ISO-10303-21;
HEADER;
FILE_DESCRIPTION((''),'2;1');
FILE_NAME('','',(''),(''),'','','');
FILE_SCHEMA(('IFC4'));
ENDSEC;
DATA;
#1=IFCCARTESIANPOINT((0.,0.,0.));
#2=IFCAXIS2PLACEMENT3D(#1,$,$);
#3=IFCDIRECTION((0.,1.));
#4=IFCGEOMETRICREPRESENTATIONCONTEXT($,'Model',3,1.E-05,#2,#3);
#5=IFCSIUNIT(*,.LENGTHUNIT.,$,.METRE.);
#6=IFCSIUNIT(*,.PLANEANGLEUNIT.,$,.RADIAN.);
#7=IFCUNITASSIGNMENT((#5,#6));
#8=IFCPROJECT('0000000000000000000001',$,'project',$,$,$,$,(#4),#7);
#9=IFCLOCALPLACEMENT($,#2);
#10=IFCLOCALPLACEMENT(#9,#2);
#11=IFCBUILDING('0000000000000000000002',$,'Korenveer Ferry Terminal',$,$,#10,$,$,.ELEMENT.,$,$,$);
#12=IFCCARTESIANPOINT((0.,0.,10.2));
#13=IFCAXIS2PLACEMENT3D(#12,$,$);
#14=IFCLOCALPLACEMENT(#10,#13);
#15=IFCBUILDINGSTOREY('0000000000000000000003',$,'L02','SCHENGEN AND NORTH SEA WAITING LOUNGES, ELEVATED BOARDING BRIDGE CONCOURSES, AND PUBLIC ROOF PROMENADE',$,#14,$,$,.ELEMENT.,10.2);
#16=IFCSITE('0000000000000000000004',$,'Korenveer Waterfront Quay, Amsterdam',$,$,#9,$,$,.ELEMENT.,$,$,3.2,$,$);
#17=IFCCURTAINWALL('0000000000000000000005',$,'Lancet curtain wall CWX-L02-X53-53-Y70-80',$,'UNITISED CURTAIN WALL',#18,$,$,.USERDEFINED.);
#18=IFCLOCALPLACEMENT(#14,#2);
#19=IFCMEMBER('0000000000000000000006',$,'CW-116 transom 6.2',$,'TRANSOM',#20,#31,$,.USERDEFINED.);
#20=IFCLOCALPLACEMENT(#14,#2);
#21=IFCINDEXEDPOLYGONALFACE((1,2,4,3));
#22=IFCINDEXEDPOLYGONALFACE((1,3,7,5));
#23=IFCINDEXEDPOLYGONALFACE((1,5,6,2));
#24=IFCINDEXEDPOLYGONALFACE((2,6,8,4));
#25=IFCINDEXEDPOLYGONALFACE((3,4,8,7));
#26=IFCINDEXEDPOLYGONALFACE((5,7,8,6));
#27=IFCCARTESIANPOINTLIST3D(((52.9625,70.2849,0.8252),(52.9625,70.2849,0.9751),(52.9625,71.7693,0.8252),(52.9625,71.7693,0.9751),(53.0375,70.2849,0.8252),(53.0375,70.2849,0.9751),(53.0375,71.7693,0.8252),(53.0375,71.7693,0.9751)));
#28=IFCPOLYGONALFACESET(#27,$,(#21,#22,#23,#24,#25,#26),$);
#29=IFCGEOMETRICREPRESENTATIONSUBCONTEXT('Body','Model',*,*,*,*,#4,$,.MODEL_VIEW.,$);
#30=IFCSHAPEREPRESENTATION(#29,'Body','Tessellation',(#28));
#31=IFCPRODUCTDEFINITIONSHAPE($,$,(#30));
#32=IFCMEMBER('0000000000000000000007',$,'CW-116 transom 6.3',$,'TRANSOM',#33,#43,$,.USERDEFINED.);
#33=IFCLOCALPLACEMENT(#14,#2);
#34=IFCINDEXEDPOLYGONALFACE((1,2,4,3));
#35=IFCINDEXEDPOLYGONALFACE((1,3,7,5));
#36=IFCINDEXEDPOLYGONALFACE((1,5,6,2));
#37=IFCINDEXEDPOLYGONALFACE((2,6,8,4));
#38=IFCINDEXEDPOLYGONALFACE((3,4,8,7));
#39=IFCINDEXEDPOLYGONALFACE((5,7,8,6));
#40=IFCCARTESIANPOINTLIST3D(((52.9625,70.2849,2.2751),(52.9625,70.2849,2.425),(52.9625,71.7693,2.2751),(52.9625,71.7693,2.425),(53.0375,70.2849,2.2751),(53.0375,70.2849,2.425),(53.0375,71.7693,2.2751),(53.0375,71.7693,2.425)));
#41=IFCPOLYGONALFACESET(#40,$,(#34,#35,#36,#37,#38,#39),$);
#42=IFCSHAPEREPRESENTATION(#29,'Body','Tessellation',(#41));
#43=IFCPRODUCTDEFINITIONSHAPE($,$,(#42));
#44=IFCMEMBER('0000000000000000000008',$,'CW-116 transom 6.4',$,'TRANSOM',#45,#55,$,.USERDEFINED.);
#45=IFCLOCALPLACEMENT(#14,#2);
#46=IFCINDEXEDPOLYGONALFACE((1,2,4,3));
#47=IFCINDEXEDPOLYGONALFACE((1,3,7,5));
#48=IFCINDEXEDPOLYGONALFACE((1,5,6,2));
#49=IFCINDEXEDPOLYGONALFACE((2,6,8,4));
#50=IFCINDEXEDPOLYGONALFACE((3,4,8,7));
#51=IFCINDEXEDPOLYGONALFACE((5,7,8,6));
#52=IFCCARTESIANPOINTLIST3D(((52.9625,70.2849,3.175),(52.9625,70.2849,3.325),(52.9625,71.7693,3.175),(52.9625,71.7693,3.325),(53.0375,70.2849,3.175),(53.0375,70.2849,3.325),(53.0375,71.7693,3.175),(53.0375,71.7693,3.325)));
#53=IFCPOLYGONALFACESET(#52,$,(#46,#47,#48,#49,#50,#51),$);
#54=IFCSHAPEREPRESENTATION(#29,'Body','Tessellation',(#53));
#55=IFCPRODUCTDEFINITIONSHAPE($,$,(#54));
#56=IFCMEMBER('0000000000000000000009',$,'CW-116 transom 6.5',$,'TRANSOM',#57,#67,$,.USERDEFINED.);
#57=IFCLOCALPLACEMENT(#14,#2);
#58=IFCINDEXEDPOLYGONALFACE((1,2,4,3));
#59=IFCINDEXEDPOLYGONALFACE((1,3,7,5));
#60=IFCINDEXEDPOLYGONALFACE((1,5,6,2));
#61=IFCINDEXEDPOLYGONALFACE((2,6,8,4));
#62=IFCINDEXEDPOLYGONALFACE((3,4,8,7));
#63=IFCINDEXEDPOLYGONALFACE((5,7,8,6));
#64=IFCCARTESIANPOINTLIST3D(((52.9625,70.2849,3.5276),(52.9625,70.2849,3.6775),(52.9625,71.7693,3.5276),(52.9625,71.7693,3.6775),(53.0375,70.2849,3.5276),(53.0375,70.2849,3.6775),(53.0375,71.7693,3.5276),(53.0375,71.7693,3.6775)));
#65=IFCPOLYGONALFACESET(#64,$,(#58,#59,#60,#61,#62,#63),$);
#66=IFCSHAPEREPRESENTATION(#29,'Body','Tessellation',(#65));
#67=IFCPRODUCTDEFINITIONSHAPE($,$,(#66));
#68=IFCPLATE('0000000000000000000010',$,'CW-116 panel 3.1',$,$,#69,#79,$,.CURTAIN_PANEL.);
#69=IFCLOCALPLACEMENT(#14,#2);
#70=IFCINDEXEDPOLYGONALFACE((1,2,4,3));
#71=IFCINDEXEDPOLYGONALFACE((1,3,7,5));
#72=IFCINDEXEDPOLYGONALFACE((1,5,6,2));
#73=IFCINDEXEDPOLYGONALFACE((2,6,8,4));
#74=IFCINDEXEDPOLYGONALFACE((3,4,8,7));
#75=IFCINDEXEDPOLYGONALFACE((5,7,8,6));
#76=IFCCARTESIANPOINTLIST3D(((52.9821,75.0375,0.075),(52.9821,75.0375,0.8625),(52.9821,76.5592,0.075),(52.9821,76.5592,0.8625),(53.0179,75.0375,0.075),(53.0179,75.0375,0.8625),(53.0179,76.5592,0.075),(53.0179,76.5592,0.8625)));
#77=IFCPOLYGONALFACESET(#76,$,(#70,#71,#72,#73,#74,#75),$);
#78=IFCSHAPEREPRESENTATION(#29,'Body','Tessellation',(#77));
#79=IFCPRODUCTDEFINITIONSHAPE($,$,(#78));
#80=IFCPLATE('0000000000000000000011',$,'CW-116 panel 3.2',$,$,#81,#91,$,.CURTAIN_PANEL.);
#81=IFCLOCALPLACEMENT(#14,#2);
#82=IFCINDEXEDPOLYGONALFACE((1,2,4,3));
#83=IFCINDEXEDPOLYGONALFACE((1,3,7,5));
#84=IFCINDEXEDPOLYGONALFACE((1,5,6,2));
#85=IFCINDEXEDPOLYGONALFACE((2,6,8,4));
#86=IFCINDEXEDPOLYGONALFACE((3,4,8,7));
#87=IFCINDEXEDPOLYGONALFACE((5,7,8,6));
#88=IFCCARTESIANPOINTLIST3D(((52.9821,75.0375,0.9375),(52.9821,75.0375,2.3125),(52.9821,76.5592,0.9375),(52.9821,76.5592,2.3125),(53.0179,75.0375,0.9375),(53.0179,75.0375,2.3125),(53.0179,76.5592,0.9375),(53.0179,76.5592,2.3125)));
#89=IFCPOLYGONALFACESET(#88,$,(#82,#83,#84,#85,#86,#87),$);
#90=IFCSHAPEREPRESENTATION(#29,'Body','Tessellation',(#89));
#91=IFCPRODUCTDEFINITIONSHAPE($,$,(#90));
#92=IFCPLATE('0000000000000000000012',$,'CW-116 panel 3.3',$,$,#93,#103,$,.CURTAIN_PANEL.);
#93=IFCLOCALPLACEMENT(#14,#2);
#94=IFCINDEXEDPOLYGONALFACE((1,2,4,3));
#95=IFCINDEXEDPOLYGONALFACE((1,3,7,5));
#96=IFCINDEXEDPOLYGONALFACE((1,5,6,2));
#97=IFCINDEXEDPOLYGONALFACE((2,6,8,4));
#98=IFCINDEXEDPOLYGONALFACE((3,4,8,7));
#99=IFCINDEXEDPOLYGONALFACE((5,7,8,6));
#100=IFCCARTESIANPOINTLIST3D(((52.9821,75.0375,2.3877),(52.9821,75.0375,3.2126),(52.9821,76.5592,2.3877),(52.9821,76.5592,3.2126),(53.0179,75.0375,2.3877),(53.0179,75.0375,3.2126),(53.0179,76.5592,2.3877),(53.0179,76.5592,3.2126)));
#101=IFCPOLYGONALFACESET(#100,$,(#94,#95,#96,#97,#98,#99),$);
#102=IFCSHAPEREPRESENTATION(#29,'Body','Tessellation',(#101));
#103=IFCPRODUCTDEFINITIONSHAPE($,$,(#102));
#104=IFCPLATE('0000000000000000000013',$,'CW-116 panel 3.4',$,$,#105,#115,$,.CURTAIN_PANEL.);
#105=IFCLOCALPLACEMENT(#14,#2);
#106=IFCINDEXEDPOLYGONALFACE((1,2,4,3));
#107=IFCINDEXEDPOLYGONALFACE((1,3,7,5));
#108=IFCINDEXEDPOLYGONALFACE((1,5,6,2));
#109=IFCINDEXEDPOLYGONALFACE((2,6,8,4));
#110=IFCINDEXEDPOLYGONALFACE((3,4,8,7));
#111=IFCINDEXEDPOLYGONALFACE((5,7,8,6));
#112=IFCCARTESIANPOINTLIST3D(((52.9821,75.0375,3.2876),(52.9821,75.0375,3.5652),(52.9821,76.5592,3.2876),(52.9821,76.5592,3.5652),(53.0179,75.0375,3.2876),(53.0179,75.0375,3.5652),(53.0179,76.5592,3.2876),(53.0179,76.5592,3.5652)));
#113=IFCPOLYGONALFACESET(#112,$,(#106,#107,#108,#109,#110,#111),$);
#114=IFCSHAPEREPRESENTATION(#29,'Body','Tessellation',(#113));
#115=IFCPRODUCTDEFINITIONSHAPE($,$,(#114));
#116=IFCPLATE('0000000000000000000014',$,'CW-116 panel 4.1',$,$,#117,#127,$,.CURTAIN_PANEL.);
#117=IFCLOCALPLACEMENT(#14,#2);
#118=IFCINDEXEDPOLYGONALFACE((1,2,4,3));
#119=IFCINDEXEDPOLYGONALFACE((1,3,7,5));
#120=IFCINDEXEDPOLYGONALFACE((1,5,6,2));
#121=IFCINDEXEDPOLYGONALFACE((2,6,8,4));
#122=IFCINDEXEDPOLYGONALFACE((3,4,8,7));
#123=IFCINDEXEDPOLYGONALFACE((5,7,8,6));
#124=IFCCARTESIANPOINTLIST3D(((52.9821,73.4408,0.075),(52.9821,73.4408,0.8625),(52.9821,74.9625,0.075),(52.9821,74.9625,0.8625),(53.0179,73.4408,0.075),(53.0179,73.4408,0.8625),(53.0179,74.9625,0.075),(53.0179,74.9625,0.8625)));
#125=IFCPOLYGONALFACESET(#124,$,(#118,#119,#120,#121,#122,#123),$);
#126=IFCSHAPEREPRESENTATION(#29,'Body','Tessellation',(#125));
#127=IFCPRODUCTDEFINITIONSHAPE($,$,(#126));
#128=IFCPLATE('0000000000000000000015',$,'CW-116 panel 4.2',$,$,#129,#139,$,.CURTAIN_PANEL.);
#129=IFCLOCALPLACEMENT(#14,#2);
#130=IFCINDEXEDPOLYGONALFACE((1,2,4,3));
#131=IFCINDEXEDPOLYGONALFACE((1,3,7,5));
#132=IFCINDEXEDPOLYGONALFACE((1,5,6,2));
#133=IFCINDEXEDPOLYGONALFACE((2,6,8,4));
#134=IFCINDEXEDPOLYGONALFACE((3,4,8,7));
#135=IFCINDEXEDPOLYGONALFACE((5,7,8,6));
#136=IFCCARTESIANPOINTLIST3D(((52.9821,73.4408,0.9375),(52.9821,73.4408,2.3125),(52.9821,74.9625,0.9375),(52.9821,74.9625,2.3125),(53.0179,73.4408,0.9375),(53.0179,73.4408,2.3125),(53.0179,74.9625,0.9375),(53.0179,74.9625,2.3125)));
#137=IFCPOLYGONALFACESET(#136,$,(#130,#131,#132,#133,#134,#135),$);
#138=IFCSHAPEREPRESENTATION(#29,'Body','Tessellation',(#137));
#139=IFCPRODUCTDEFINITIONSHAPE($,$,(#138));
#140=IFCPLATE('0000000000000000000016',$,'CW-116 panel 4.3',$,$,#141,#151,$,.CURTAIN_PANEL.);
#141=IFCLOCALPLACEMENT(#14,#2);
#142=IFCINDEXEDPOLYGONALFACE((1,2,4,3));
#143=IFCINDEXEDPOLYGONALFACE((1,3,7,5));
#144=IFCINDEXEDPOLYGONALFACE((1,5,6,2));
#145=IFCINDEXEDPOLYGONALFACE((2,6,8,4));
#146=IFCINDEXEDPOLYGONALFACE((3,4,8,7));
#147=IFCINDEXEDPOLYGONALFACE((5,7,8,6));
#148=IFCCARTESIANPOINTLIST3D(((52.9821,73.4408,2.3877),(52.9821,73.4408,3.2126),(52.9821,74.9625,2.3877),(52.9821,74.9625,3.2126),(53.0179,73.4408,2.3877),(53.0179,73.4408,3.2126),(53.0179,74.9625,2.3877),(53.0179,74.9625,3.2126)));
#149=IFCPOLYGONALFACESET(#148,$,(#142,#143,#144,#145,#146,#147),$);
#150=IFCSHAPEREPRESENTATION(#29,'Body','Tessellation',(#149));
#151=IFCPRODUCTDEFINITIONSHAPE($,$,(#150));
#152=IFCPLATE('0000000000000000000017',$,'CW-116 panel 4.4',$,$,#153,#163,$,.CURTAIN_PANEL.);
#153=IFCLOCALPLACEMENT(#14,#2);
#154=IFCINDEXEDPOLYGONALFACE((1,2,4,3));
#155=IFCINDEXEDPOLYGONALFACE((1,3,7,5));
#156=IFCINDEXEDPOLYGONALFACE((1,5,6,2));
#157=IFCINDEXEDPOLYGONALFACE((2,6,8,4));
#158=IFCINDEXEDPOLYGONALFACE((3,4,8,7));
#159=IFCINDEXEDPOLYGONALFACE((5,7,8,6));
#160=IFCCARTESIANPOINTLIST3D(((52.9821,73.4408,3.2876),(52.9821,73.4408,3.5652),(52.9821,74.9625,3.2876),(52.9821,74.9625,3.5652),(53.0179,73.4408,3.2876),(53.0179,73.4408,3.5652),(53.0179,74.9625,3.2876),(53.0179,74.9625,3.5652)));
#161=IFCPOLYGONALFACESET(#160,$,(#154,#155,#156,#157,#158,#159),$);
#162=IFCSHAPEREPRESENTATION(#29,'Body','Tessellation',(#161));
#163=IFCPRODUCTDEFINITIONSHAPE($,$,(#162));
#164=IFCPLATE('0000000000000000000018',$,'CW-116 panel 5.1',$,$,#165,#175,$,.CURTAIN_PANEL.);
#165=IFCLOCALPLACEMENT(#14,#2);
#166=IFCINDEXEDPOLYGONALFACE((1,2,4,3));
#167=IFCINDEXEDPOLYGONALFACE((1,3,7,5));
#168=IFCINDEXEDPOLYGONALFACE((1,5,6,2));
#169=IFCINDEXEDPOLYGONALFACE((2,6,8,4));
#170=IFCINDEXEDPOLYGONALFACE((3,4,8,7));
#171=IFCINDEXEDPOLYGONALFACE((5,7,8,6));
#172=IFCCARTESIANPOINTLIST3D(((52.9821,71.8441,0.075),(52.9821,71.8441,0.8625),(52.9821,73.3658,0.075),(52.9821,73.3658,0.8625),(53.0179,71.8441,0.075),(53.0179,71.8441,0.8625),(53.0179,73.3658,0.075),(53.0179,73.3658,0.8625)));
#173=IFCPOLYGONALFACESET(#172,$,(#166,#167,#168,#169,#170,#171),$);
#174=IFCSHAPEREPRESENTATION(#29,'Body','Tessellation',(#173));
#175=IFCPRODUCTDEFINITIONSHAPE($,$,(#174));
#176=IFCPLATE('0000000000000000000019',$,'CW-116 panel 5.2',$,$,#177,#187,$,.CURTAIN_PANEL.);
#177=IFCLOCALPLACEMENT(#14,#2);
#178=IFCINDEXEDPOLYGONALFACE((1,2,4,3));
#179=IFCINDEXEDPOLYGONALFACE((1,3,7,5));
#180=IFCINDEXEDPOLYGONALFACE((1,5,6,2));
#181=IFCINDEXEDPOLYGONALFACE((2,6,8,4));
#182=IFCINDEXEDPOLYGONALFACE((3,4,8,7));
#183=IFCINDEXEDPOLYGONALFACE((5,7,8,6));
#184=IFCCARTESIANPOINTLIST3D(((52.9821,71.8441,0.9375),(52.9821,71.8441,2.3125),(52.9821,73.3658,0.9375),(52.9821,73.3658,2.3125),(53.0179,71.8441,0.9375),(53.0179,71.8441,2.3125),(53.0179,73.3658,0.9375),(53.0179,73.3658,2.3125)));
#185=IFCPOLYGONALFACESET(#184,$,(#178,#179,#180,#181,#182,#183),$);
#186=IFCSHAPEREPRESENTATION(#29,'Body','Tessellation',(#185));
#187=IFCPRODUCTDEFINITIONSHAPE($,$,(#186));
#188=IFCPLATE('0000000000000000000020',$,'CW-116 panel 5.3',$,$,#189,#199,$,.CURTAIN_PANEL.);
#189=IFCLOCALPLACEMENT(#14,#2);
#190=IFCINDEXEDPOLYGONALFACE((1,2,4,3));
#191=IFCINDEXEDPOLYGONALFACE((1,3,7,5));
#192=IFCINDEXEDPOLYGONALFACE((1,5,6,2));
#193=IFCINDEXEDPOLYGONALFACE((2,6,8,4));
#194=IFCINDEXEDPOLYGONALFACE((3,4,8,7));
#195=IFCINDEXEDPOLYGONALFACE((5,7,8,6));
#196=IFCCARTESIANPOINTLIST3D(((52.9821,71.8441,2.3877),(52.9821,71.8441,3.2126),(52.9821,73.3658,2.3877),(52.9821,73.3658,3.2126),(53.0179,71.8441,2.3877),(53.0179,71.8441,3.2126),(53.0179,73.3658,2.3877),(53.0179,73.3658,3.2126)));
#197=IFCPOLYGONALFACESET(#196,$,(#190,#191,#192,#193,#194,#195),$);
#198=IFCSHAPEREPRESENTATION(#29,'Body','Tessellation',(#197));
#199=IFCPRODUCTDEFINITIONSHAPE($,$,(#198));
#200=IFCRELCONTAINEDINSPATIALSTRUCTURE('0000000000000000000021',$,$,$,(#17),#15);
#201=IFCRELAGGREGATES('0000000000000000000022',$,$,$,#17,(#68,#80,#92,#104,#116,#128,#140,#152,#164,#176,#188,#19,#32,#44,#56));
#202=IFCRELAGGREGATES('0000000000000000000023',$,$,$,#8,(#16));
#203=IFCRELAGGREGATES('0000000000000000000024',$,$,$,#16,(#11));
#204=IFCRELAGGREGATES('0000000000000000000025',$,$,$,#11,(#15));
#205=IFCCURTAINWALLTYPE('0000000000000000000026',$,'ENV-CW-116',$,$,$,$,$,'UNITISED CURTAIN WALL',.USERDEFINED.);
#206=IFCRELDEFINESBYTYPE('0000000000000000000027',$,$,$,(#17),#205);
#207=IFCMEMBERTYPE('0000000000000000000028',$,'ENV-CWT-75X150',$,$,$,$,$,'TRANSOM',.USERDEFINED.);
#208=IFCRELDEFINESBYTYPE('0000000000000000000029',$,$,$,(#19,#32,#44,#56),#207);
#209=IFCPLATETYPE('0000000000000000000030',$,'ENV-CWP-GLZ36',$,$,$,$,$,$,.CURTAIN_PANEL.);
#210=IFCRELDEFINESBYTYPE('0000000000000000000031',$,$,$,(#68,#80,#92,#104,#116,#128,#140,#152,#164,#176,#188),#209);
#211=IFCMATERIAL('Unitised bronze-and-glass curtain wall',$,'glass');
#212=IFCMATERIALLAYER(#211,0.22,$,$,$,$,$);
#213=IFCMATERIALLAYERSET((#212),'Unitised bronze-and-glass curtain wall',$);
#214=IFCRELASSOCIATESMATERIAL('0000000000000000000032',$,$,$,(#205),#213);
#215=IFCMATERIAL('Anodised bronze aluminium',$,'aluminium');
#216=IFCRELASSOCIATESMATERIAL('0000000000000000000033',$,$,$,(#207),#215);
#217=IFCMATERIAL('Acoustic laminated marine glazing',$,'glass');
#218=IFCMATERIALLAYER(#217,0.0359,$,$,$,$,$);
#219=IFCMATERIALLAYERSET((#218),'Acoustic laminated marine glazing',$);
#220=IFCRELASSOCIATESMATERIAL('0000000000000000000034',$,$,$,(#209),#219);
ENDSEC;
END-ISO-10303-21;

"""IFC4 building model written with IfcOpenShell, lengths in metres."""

from ifc_helpers import new_model, si_unit, direction, frame, origin, origin_2d, place, context, subcontext, project, spatial, rectangle, extrude, material, layer, layer_set, material_profile, profile_set, type_object, element, aggregate, save


model = new_model("IFC4")

# Units and contexts
model_context = context("Model", 3, precision=1e-05, world=origin(), true_north=direction((0.0, 1.0)))
body_context = subcontext(model_context, "Body", "Model", "MODEL_VIEW")
ifc_project = project(units=[si_unit("LENGTHUNIT", "METRE"), si_unit("PLANEANGLEUNIT", "RADIAN")], contexts=[model_context])

# Site, building, storey
site_placement = place(None, origin())
site = spatial("IfcSite", under=ifc_project, at=site_placement, Name="Korenveer Waterfront Quay, Amsterdam", CompositionType="ELEMENT", RefElevation=3.2)
building_placement = place(site_placement, origin())
building = spatial("IfcBuilding", under=site, at=building_placement, Name="Korenveer Ferry Terminal", CompositionType="ELEMENT")
storey_placement = place(building_placement, frame((0.0, 0.0, 10.2)))
storey = spatial("IfcBuildingStorey", under=building, at=storey_placement, Name="L02", Description="SCHENGEN AND NORTH SEA WAITING LOUNGES, ELEVATED BOARDING BRIDGE CONCOURSES, AND PUBLIC ROOF PROMENADE", CompositionType="ELEMENT", Elevation=10.2)

# Curtain wall, members, plates
ifc_material_1 = material(Name="Unitised bronze-and-glass curtain wall", Category="glass")
ifc_layer_1 = layer(ifc_material_1, 0.22)
ifc_layer_set_1 = layer_set([ifc_layer_1], Name="Unitised bronze-and-glass curtain wall")
curtain_wall_type = type_object("IfcCurtainWallType", Name="ENV-CW-116", ElementType="UNITISED CURTAIN WALL", PredefinedType="USERDEFINED", material=ifc_layer_set_1)
curtain_wall_placement = place(storey_placement, frame((53.0, 79.79, 0.0)))
curtain_wall = element("IfcCurtainWall", 1, at=curtain_wall_placement, inside=storey, type_object=curtain_wall_type, Name="Lancet curtain wall CWX-L02-X53-53-Y70-80", ObjectType="UNITISED CURTAIN WALL", PredefinedType="USERDEFINED")
ifc_material_2 = material(Name="Anodised bronze aluminium", Category="aluminium")
ifc_material_profile_1 = material_profile(ifc_material_2, rectangle(XDim=0.075, YDim=0.1499, at=origin_2d()), Name="ALU 75x150")
ifc_profile_set_1 = profile_set([ifc_material_profile_1], Name="Anodised bronze aluminium")
member_type_1 = type_object("IfcMemberType", Name="ENV-CWT-75X150", ElementType="TRANSOM", PredefinedType="USERDEFINED", material=ifc_profile_set_1)
member_1_placement = place(storey_placement, frame((53.0, 71.7693, 0.9001), z_axis=(0.0, -1.0, 0.0), x_axis=(1.0, 0.0, 0.0)))
member_1 = element("IfcMember", 2, at=member_1_placement, type_object=member_type_1, Name="CW-116 transom 6.2", ObjectType="TRANSOM", PredefinedType="USERDEFINED", context=body_context, shape_type="SweptSolid", body=[
    extrude(rectangle(XDim=0.075, YDim=0.1499, at=origin_2d()), origin(), (0.0, 0.0, 1.0), 1.4844),
])
member_2_placement = place(storey_placement, frame((53.0, 71.7693, 2.3501), z_axis=(0.0, -1.0, 0.0), x_axis=(1.0, 0.0, 0.0)))
member_2 = element("IfcMember", 3, at=member_2_placement, type_object=member_type_1, Name="CW-116 transom 6.3", ObjectType="TRANSOM", PredefinedType="USERDEFINED", context=body_context, shape_type="SweptSolid", body=[
    extrude(rectangle(XDim=0.075, YDim=0.1499, at=origin_2d()), origin(), (0.0, 0.0, 1.0), 1.4844),
])
member_3_placement = place(storey_placement, frame((53.0, 71.7693, 3.25), z_axis=(0.0, -1.0, 0.0), x_axis=(1.0, 0.0, 0.0)))
member_3 = element("IfcMember", 4, at=member_3_placement, type_object=member_type_1, Name="CW-116 transom 6.4", ObjectType="TRANSOM", PredefinedType="USERDEFINED", context=body_context, shape_type="SweptSolid", body=[
    extrude(rectangle(XDim=0.075, YDim=0.1499, at=origin_2d()), origin(), (0.0, 0.0, 1.0), 1.4844),
])
member_4_placement = place(storey_placement, frame((53.0, 71.7693, 3.6025), z_axis=(0.0, -1.0, 0.0), x_axis=(1.0, 0.0, 0.0)))
member_4 = element("IfcMember", 5, at=member_4_placement, type_object=member_type_1, Name="CW-116 transom 6.5", ObjectType="TRANSOM", PredefinedType="USERDEFINED", context=body_context, shape_type="SweptSolid", body=[
    extrude(rectangle(XDim=0.075, YDim=0.1499, at=origin_2d()), origin(), (0.0, 0.0, 1.0), 1.4844),
])
ifc_material_3 = material(Name="Acoustic laminated marine glazing", Category="glass")
ifc_layer_2 = layer(ifc_material_3, 0.0359)
ifc_layer_set_2 = layer_set([ifc_layer_2], Name="Acoustic laminated marine glazing")
plate_type = type_object("IfcPlateType", Name="ENV-CWP-GLZ36", PredefinedType="CURTAIN_PANEL", material=ifc_layer_set_2)
plate_1_placement = place(storey_placement, frame((53.0, 75.7983, 0.075), z_axis=(0.0, 0.0, 1.0), x_axis=(0.0, -1.0, 0.0)))
plate_1 = element("IfcPlate", 6, at=plate_1_placement, type_object=plate_type, Name="CW-116 panel 3.1", PredefinedType="CURTAIN_PANEL", context=body_context, shape_type="SweptSolid", body=[
    extrude(rectangle(XDim=1.5217, YDim=0.0359, at=origin_2d()), origin(), (0.0, 0.0, 1.0), 0.7876),
])
plate_2_placement = place(storey_placement, frame((53.0, 75.7983, 0.9375), z_axis=(0.0, 0.0, 1.0), x_axis=(0.0, -1.0, 0.0)))
plate_2 = element("IfcPlate", 7, at=plate_2_placement, type_object=plate_type, Name="CW-116 panel 3.2", PredefinedType="CURTAIN_PANEL", context=body_context, shape_type="SweptSolid", body=[
    extrude(rectangle(XDim=1.5217, YDim=0.0359, at=origin_2d()), origin(), (0.0, 0.0, 1.0), 1.375),
])
plate_3_placement = place(storey_placement, frame((53.0, 75.7983, 2.3877), z_axis=(0.0, 0.0, 1.0), x_axis=(0.0, -1.0, 0.0)))
plate_3 = element("IfcPlate", 8, at=plate_3_placement, type_object=plate_type, Name="CW-116 panel 3.3", PredefinedType="CURTAIN_PANEL", context=body_context, shape_type="SweptSolid", body=[
    extrude(rectangle(XDim=1.5217, YDim=0.0359, at=origin_2d()), origin(), (0.0, 0.0, 1.0), 0.825),
])
plate_4_placement = place(storey_placement, frame((53.0, 75.7983, 3.2876), z_axis=(0.0, 0.0, 1.0), x_axis=(0.0, -1.0, 0.0)))
plate_4 = element("IfcPlate", 9, at=plate_4_placement, type_object=plate_type, Name="CW-116 panel 3.4", PredefinedType="CURTAIN_PANEL", context=body_context, shape_type="SweptSolid", body=[
    extrude(rectangle(XDim=1.5217, YDim=0.0359, at=origin_2d()), origin(), (0.0, 0.0, 1.0), 0.2776),
])
plate_5_placement = place(storey_placement, frame((53.0, 74.2017, 0.075), z_axis=(0.0, 0.0, 1.0), x_axis=(0.0, -1.0, 0.0)))
plate_5 = element("IfcPlate", 10, at=plate_5_placement, type_object=plate_type, Name="CW-116 panel 4.1", PredefinedType="CURTAIN_PANEL", context=body_context, shape_type="SweptSolid", body=[
    extrude(rectangle(XDim=1.5217, YDim=0.0359, at=origin_2d()), origin(), (0.0, 0.0, 1.0), 0.7876),
])
plate_6_placement = place(storey_placement, frame((53.0, 74.2017, 0.9375), z_axis=(0.0, 0.0, 1.0), x_axis=(0.0, -1.0, 0.0)))
plate_6 = element("IfcPlate", 11, at=plate_6_placement, type_object=plate_type, Name="CW-116 panel 4.2", PredefinedType="CURTAIN_PANEL", context=body_context, shape_type="SweptSolid", body=[
    extrude(rectangle(XDim=1.5217, YDim=0.0359, at=origin_2d()), origin(), (0.0, 0.0, 1.0), 1.375),
])
plate_7_placement = place(storey_placement, frame((53.0, 74.2017, 2.3877), z_axis=(0.0, 0.0, 1.0), x_axis=(0.0, -1.0, 0.0)))
plate_7 = element("IfcPlate", 12, at=plate_7_placement, type_object=plate_type, Name="CW-116 panel 4.3", PredefinedType="CURTAIN_PANEL", context=body_context, shape_type="SweptSolid", body=[
    extrude(rectangle(XDim=1.5217, YDim=0.0359, at=origin_2d()), origin(), (0.0, 0.0, 1.0), 0.825),
])
plate_8_placement = place(storey_placement, frame((53.0, 74.2017, 3.2876), z_axis=(0.0, 0.0, 1.0), x_axis=(0.0, -1.0, 0.0)))
plate_8 = element("IfcPlate", 13, at=plate_8_placement, type_object=plate_type, Name="CW-116 panel 4.4", PredefinedType="CURTAIN_PANEL", context=body_context, shape_type="SweptSolid", body=[
    extrude(rectangle(XDim=1.5217, YDim=0.0359, at=origin_2d()), origin(), (0.0, 0.0, 1.0), 0.2776),
])
plate_9_placement = place(storey_placement, frame((53.0, 72.605, 0.075), z_axis=(0.0, 0.0, 1.0), x_axis=(0.0, -1.0, 0.0)))
plate_9 = element("IfcPlate", 14, at=plate_9_placement, type_object=plate_type, Name="CW-116 panel 5.1", PredefinedType="CURTAIN_PANEL", context=body_context, shape_type="SweptSolid", body=[
    extrude(rectangle(XDim=1.5217, YDim=0.0359, at=origin_2d()), origin(), (0.0, 0.0, 1.0), 0.7876),
])
plate_10_placement = place(storey_placement, frame((53.0, 72.605, 0.9375), z_axis=(0.0, 0.0, 1.0), x_axis=(0.0, -1.0, 0.0)))
plate_10 = element("IfcPlate", 15, at=plate_10_placement, type_object=plate_type, Name="CW-116 panel 5.2", PredefinedType="CURTAIN_PANEL", context=body_context, shape_type="SweptSolid", body=[
    extrude(rectangle(XDim=1.5217, YDim=0.0359, at=origin_2d()), origin(), (0.0, 0.0, 1.0), 1.375),
])
plate_11_placement = place(storey_placement, frame((53.0, 72.605, 2.3877), z_axis=(0.0, 0.0, 1.0), x_axis=(0.0, -1.0, 0.0)))
plate_11 = element("IfcPlate", 16, at=plate_11_placement, type_object=plate_type, Name="CW-116 panel 5.3", PredefinedType="CURTAIN_PANEL", context=body_context, shape_type="SweptSolid", body=[
    extrude(rectangle(XDim=1.5217, YDim=0.0359, at=origin_2d()), origin(), (0.0, 0.0, 1.0), 0.825),
])
aggregate(curtain_wall, [plate_1, plate_2, plate_3, plate_4, plate_5, plate_6, plate_7, plate_8, plate_9, plate_10, plate_11, member_1, member_2, member_3, member_4])

save(model, "model.ifc")
